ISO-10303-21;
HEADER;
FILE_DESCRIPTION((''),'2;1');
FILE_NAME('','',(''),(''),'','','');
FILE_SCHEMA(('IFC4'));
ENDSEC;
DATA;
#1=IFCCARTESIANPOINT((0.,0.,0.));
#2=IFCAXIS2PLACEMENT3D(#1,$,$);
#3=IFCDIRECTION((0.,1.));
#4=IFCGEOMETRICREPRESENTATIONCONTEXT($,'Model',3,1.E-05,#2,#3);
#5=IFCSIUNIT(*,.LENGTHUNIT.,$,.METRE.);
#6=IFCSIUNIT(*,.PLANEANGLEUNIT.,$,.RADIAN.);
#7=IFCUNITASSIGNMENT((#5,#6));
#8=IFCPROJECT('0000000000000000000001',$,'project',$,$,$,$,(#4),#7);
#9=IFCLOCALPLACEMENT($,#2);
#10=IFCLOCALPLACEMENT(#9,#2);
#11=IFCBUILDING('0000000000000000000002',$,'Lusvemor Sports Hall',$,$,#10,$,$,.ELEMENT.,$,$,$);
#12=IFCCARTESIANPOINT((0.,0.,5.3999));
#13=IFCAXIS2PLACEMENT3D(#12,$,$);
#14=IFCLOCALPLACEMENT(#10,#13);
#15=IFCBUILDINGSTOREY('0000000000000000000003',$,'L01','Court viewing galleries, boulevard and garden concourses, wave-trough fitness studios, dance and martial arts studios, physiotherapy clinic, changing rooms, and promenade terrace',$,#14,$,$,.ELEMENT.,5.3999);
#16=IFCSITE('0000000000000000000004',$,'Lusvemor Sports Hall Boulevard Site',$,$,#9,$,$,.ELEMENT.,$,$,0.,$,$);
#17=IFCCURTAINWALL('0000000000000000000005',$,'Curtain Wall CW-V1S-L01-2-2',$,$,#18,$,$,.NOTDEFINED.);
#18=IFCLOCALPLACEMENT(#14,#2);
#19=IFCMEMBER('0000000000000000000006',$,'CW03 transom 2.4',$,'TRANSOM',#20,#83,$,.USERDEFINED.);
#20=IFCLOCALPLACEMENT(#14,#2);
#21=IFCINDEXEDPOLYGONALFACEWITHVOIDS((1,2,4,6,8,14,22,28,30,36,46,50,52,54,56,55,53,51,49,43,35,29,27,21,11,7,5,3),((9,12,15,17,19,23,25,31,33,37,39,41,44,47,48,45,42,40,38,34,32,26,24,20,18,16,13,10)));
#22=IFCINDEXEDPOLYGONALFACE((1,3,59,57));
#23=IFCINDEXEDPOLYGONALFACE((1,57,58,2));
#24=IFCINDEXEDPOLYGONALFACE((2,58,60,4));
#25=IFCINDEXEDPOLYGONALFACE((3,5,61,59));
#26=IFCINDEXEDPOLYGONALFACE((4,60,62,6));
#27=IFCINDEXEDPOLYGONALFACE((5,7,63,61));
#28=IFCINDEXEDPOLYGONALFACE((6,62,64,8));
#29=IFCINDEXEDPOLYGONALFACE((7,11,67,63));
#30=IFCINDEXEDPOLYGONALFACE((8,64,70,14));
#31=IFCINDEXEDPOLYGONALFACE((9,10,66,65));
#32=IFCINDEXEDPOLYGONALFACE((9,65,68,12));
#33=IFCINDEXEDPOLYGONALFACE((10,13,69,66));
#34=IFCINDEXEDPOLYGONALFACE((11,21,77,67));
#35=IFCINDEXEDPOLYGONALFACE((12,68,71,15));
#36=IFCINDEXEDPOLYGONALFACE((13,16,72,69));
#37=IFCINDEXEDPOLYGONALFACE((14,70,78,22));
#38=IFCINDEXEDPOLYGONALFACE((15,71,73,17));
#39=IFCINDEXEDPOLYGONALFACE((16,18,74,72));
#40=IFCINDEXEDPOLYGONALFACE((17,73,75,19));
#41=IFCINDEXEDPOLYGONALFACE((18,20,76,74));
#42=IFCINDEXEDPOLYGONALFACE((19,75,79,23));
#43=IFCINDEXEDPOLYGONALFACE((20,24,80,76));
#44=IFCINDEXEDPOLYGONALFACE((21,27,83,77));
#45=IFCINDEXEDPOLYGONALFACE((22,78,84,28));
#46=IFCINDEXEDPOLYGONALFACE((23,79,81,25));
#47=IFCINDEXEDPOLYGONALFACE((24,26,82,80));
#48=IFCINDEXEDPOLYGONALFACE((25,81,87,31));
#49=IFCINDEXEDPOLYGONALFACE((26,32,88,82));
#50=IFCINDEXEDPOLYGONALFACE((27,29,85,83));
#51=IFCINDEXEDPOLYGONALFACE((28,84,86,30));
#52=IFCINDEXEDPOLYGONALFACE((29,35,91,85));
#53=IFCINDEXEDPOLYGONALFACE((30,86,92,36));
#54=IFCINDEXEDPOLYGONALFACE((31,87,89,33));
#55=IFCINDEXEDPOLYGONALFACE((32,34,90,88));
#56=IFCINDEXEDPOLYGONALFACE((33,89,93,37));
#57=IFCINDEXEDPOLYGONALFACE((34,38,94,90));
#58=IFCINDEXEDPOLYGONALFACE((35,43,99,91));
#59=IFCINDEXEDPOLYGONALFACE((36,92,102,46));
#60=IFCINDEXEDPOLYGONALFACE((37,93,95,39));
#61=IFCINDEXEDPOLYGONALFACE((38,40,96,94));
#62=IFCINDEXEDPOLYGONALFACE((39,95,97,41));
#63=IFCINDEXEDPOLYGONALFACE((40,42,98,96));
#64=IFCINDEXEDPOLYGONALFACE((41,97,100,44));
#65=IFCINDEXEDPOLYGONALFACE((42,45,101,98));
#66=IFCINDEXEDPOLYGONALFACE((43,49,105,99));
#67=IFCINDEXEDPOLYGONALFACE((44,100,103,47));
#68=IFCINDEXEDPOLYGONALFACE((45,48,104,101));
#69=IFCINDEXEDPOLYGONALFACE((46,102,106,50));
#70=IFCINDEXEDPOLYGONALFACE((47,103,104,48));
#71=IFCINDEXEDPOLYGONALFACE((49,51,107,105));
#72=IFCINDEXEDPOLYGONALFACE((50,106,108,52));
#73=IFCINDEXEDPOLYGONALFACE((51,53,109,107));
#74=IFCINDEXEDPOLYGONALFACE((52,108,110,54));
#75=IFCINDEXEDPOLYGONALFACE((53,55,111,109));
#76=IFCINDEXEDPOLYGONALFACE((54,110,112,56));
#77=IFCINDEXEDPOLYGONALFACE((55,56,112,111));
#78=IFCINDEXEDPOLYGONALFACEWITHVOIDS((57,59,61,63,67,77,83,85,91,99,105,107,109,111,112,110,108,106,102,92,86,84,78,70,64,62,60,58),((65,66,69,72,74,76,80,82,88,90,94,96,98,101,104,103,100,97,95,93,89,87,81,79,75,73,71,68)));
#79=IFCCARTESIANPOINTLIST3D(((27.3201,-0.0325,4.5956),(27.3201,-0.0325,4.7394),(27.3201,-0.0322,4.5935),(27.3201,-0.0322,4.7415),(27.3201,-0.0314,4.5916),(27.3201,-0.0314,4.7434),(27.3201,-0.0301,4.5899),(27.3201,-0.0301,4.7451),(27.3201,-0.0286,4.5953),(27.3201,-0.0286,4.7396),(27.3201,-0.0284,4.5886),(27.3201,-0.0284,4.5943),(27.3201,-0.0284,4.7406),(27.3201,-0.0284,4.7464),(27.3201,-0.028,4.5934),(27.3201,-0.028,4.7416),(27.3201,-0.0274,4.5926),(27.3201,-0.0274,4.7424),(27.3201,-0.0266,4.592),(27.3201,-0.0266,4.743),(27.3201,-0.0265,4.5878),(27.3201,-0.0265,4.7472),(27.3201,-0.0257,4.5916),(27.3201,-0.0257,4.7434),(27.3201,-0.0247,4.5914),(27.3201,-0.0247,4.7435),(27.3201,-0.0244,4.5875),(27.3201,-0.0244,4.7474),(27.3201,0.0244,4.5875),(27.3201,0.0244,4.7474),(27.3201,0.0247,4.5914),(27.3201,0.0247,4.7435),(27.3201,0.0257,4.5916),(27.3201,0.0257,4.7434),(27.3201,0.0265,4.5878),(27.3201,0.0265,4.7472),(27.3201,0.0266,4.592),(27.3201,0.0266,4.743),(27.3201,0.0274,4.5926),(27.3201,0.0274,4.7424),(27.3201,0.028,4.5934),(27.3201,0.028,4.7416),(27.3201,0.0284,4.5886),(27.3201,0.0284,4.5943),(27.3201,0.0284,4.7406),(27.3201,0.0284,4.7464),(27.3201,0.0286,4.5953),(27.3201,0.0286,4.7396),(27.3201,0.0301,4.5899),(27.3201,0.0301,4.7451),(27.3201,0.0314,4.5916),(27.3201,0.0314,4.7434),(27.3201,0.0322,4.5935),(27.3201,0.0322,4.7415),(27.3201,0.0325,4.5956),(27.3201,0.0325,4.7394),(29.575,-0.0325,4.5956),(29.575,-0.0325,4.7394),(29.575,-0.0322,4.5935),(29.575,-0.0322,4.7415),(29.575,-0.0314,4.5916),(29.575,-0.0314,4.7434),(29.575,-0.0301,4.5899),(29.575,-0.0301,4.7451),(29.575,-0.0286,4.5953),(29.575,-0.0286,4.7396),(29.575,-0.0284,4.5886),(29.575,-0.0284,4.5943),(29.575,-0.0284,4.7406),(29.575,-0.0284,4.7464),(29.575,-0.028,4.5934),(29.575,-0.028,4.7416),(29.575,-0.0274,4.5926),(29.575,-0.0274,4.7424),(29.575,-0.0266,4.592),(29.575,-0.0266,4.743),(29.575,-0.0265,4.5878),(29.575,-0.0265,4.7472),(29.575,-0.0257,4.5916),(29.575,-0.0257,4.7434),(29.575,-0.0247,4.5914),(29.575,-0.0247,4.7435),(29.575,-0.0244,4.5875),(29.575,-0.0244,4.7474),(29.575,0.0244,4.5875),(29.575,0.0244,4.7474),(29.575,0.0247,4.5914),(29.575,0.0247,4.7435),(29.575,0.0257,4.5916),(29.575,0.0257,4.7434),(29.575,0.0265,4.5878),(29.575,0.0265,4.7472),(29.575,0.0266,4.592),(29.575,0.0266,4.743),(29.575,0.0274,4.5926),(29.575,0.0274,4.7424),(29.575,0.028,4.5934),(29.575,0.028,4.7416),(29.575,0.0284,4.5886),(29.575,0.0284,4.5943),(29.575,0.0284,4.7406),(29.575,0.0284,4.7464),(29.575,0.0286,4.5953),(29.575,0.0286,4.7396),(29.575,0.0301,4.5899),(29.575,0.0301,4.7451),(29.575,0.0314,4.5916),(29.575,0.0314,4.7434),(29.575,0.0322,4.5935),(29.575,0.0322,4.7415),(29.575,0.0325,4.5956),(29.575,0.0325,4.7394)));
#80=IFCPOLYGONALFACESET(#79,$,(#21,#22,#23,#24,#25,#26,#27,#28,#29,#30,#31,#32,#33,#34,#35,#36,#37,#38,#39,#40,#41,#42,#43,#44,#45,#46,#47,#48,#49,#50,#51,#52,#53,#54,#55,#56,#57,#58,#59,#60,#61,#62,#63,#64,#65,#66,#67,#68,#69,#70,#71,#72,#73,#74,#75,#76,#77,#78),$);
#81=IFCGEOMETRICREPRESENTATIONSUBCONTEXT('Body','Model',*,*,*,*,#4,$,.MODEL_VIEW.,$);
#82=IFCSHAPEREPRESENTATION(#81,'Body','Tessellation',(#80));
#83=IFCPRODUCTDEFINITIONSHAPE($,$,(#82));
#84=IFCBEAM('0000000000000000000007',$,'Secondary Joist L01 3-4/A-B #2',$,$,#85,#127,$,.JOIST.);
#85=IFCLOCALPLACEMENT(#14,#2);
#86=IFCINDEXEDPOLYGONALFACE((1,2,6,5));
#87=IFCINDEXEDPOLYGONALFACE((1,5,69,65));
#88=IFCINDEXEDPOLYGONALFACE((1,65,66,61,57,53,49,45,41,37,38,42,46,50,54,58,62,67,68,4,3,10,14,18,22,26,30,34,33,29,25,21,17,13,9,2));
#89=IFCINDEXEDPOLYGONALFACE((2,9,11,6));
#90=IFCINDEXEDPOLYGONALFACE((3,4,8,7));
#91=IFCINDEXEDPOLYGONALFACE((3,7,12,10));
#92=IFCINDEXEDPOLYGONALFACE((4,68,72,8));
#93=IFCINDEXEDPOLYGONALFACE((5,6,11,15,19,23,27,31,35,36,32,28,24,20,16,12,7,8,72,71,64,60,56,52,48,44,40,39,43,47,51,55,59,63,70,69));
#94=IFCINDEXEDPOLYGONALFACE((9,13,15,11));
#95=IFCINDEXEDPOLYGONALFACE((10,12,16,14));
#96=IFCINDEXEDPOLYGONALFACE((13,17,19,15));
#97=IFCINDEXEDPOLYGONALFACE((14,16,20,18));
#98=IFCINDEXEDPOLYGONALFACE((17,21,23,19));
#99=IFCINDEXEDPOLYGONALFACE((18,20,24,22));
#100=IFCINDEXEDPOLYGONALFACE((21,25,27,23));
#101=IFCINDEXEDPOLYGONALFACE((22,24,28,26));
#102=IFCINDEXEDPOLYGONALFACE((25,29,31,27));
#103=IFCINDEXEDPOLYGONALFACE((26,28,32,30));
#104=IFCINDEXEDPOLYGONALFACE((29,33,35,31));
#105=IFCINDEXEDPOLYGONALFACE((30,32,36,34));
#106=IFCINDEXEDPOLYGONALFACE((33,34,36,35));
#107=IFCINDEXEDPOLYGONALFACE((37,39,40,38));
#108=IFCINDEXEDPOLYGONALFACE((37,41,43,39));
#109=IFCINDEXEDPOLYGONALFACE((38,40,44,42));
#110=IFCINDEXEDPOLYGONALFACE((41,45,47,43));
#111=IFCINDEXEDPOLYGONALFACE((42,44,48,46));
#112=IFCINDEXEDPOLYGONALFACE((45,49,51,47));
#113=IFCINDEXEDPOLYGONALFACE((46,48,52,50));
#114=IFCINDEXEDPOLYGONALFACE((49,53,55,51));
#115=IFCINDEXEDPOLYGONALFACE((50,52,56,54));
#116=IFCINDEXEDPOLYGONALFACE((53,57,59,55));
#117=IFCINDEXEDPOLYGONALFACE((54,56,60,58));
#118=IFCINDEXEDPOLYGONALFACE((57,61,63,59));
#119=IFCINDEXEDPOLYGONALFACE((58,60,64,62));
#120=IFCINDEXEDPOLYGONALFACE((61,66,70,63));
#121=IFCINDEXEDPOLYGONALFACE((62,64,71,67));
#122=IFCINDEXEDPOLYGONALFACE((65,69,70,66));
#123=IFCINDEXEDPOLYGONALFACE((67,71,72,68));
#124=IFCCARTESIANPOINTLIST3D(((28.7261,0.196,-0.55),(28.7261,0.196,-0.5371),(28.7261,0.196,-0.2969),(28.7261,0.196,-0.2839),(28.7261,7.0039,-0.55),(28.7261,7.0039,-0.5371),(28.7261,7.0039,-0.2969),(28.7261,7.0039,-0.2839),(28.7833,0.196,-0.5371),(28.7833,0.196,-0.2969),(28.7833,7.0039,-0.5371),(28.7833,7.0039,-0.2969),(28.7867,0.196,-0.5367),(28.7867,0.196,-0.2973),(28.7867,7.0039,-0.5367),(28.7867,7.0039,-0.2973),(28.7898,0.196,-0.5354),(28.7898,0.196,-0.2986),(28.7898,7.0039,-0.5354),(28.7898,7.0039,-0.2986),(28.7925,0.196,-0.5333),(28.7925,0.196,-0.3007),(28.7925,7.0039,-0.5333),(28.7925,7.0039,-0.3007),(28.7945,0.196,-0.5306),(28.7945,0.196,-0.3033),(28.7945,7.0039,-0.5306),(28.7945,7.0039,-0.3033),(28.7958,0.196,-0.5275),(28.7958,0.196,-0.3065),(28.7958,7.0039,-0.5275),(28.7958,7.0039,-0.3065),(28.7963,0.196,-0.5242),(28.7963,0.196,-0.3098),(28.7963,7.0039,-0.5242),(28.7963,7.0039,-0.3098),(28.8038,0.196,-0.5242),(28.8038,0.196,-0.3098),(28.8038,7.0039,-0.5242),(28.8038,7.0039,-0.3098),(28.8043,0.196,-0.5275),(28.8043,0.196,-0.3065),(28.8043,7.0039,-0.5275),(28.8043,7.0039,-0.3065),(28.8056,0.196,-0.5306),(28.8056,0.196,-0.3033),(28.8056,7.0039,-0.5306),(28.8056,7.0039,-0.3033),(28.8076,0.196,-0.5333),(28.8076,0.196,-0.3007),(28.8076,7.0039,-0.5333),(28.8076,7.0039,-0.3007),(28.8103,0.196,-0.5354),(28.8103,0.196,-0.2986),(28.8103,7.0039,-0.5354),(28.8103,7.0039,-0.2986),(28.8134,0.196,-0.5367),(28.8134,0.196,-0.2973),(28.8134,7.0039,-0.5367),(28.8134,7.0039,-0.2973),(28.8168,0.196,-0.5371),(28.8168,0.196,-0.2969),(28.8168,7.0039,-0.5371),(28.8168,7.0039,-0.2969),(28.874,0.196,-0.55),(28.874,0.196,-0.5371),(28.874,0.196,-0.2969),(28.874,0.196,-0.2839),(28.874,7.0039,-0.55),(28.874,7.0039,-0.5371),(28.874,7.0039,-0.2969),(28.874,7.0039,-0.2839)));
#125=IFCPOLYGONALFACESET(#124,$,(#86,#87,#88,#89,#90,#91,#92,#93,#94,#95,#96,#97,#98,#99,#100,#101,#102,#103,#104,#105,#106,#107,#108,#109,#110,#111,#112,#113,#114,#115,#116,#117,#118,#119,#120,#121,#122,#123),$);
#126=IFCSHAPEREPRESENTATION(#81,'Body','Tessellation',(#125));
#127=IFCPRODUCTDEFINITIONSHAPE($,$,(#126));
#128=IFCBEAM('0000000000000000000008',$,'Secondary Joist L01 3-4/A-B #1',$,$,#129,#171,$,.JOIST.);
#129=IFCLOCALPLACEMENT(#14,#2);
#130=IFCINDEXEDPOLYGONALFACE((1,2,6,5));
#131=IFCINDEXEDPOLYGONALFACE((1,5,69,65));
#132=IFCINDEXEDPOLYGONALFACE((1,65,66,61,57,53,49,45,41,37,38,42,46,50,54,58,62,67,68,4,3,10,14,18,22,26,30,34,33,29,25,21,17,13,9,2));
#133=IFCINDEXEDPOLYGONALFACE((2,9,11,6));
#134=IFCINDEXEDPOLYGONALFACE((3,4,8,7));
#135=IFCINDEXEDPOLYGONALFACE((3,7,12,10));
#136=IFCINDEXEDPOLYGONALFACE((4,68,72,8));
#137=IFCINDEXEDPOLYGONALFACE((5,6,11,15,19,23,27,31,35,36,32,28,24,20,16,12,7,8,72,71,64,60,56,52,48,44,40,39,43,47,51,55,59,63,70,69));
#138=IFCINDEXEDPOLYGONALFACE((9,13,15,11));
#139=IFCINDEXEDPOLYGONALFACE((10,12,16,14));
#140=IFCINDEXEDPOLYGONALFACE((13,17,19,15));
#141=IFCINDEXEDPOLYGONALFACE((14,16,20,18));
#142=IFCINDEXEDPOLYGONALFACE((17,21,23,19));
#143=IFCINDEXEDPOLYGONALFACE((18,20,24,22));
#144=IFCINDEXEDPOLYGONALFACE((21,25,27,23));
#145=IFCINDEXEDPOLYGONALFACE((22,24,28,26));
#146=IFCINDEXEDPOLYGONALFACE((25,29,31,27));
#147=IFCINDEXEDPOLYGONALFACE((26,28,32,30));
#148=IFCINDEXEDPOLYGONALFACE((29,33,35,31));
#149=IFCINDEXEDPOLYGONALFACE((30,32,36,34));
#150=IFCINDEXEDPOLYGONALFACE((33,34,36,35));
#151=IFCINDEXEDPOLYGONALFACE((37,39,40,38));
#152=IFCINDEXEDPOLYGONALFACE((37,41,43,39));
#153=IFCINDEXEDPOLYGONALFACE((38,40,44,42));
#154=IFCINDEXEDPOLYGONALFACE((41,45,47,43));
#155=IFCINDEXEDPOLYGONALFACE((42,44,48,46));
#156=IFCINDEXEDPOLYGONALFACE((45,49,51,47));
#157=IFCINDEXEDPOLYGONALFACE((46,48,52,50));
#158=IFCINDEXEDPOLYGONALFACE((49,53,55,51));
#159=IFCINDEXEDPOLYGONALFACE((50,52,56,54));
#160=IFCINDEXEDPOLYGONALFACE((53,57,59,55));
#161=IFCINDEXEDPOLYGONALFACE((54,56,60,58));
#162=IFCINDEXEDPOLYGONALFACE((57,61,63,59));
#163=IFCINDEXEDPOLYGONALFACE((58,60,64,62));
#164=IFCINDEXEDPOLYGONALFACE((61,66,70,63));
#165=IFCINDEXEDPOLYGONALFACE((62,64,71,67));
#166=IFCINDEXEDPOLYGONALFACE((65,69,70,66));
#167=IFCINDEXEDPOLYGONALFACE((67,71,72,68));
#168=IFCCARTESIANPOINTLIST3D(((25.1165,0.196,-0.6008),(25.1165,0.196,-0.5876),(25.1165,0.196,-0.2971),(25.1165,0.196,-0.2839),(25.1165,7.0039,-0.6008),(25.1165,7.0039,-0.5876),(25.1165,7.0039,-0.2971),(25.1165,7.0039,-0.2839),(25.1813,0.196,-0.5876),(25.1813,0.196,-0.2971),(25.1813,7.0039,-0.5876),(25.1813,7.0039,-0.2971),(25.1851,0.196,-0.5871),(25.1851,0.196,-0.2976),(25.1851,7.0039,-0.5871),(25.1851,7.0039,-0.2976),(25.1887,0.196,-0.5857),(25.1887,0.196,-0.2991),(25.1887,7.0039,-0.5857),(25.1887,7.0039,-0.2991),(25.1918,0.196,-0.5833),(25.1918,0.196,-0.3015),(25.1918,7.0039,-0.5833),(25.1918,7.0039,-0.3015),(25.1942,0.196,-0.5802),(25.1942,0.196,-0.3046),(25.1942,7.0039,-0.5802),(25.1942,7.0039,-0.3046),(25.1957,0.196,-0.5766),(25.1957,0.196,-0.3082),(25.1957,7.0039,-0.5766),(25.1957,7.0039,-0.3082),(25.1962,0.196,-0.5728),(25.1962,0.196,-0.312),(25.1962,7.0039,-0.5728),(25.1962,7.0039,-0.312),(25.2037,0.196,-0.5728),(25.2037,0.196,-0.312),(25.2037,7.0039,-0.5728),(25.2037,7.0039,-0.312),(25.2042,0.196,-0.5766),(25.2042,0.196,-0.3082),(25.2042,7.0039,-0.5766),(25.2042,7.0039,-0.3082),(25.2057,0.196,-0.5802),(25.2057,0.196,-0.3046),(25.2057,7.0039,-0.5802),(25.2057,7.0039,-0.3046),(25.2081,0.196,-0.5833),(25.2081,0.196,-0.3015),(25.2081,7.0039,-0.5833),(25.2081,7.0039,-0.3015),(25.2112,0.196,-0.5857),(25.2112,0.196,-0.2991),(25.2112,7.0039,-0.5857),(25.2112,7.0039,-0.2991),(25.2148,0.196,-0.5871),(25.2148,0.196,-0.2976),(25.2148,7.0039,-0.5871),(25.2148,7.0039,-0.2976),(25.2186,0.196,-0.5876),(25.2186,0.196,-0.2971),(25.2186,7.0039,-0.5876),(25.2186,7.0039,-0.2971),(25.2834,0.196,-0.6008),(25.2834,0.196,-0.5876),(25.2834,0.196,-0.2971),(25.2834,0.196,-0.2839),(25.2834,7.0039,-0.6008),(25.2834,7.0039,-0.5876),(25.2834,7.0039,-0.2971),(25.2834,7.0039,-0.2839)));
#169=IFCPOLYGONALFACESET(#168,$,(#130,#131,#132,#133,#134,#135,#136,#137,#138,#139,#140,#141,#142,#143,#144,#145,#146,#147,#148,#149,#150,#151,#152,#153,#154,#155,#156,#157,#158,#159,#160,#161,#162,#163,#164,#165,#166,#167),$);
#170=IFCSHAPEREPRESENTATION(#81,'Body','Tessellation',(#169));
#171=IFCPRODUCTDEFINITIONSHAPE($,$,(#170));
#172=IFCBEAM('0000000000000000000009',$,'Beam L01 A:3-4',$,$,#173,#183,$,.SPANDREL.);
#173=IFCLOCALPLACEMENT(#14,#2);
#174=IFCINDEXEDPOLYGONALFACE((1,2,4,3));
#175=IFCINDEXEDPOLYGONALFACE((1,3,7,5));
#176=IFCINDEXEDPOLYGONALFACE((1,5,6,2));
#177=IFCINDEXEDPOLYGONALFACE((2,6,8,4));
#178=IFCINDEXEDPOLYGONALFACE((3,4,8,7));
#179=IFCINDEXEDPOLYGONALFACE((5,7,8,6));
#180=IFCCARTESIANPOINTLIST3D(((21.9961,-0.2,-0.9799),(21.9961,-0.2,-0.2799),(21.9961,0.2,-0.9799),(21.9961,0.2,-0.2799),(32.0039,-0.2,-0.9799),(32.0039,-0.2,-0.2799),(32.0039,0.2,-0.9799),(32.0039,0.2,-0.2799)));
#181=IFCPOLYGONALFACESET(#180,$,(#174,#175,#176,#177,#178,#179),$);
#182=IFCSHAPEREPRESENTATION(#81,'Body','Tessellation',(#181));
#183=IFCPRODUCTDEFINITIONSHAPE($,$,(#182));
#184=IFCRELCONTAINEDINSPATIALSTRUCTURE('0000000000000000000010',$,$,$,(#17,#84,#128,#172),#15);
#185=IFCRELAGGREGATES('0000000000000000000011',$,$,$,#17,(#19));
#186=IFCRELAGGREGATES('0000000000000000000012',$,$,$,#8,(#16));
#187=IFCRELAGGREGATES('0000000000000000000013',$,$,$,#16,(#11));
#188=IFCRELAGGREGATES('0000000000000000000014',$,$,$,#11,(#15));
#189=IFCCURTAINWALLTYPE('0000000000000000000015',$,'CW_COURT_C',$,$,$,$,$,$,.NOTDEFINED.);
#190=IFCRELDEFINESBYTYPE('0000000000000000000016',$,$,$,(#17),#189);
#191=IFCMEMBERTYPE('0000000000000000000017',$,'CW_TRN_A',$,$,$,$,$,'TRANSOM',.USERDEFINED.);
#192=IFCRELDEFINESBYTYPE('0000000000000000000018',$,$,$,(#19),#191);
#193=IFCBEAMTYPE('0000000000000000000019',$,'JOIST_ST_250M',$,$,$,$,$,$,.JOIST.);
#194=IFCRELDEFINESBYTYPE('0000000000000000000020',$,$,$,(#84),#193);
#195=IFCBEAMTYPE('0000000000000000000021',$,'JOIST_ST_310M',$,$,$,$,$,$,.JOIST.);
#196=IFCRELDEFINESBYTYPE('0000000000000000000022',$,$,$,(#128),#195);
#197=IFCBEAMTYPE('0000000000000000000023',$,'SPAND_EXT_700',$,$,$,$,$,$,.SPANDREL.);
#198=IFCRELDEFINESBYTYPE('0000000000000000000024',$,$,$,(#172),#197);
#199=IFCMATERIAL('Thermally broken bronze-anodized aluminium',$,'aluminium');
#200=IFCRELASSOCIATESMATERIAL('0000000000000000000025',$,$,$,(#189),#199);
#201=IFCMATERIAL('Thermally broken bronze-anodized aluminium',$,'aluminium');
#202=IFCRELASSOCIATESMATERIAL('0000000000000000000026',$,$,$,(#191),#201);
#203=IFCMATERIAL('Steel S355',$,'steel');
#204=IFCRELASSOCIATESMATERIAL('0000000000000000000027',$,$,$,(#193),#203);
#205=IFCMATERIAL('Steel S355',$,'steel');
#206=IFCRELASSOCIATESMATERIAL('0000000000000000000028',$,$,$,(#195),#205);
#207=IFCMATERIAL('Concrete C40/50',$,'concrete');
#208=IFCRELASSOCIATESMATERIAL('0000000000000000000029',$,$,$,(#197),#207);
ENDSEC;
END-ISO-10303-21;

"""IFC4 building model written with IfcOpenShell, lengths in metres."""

from ifc_helpers import new_model, si_unit, direction, frame, origin, origin_2d, place, context, subcontext, project, spatial, rectangle, hollow_rectangle, i_section, extrude, material, material_profile, profile_set, type_object, element, aggregate, save


model = new_model("IFC4")

# Units and contexts
model_context = context("Model", 3, precision=1e-05, world=origin(), true_north=direction((0.0, 1.0)))
body_context = subcontext(model_context, "Body", "Model", "MODEL_VIEW")
ifc_project = project(units=[si_unit("LENGTHUNIT", "METRE"), si_unit("PLANEANGLEUNIT", "RADIAN")], contexts=[model_context])

# Site, building, storey
site_placement = place(None, origin())
site = spatial("IfcSite", under=ifc_project, at=site_placement, Name="Lusvemor Sports Hall Boulevard Site", CompositionType="ELEMENT", RefElevation=0.0)
building_placement = place(site_placement, origin())
building = spatial("IfcBuilding", under=site, at=building_placement, Name="Lusvemor Sports Hall", CompositionType="ELEMENT")
storey_placement = place(building_placement, frame((0.0, 0.0, 5.3999)))
storey = spatial("IfcBuildingStorey", under=building, at=storey_placement, Name="L01", Description="Court viewing galleries, boulevard and garden concourses, wave-trough fitness studios, dance and martial arts studios, physiotherapy clinic, changing rooms, and promenade terrace", CompositionType="ELEMENT", Elevation=5.3999)

# Curtain wall, member
ifc_material_1 = material(Name="Thermally broken bronze-anodized aluminium", Category="aluminium")
curtain_wall_type = type_object("IfcCurtainWallType", Name="CW_COURT_C", PredefinedType="NOTDEFINED", material=ifc_material_1)
curtain_wall_placement = place(storey_placement, origin())
curtain_wall = element("IfcCurtainWall", 1, at=curtain_wall_placement, inside=storey, type_object=curtain_wall_type, Name="Curtain Wall CW-V1S-L01-2-2", PredefinedType="NOTDEFINED")
ifc_material_2 = material(Name="Thermally broken bronze-anodized aluminium", Category="aluminium")
ifc_material_profile_1 = material_profile(ifc_material_2, hollow_rectangle(XDim=0.0649, YDim=0.1599, WallThickness=0.0039, InnerFilletRadius=0.0039, OuterFilletRadius=0.0081, at=origin_2d()), Name="CWTRN160x65x4")
ifc_profile_set_1 = profile_set([ifc_material_profile_1], Name="Thermally broken bronze-anodized aluminium")
member_type_1 = type_object("IfcMemberType", Name="CW_TRN_A", ElementType="TRANSOM", PredefinedType="USERDEFINED", material=ifc_profile_set_1)
member_1_placement = place(storey_placement, frame((29.575, 0.0, 4.6675), z_axis=(-1.0, 0.0, 0.0), x_axis=(0.0, -1.0, 0.0)))
member_1 = element("IfcMember", 2, at=member_1_placement, type_object=member_type_1, Name="CW03 transom 2.4", ObjectType="TRANSOM", PredefinedType="USERDEFINED", context=body_context, shape_type="SweptSolid", body=[
    extrude(hollow_rectangle(XDim=0.0649, YDim=0.1599, WallThickness=0.0039, InnerFilletRadius=0.0039, OuterFilletRadius=0.0081, at=origin_2d()), origin(), (0.0, 0.0, 1.0), 2.2549),
])

# Beams
ifc_material_3 = material(Name="Steel S355", Category="steel")
ifc_material_profile_2 = material_profile(ifc_material_3, i_section(OverallWidth=0.1479, OverallDepth=0.2661, WebThickness=0.0076, FlangeThickness=0.0129, FilletRadius=0.0129, at=origin_2d()), Name="W250x44.8")
ifc_profile_set_2 = profile_set([ifc_material_profile_2], Name="Steel S355")
beam_type_1 = type_object("IfcBeamType", Name="JOIST_ST_250M", PredefinedType="JOIST", material=ifc_profile_set_2)
beam_1_placement = place(storey_placement, frame((28.8, 0.196, -0.417), z_axis=(0.0, 1.0, 0.0), x_axis=(-1.0, 0.0, 0.0)))
element("IfcBeam", 3, at=beam_1_placement, inside=storey, type_object=beam_type_1, Name="Secondary Joist L01 3-4/A-B #2", PredefinedType="JOIST", context=body_context, shape_type="SweptSolid", body=[
    extrude(i_section(OverallWidth=0.1479, OverallDepth=0.2661, WebThickness=0.0076, FlangeThickness=0.0129, FilletRadius=0.0129, at=origin_2d()), origin(), (0.0, 0.0, 1.0), 6.8079),
])
ifc_material_4 = material(Name="Steel S355", Category="steel")
ifc_material_profile_3 = material_profile(ifc_material_4, i_section(OverallWidth=0.167, OverallDepth=0.3169, WebThickness=0.0076, FlangeThickness=0.0132, FilletRadius=0.0149, at=origin_2d()), Name="W310x52.0")
ifc_profile_set_3 = profile_set([ifc_material_profile_3], Name="Steel S355")
beam_type_2 = type_object("IfcBeamType", Name="JOIST_ST_310M", PredefinedType="JOIST", material=ifc_profile_set_3)
beam_2_placement = place(storey_placement, frame((25.2, 0.196, -0.4424), z_axis=(0.0, 1.0, 0.0), x_axis=(-1.0, 0.0, 0.0)))
element("IfcBeam", 4, at=beam_2_placement, inside=storey, type_object=beam_type_2, Name="Secondary Joist L01 3-4/A-B #1", PredefinedType="JOIST", context=body_context, shape_type="SweptSolid", body=[
    extrude(i_section(OverallWidth=0.167, OverallDepth=0.3169, WebThickness=0.0076, FlangeThickness=0.0132, FilletRadius=0.0149, at=origin_2d()), origin(), (0.0, 0.0, 1.0), 6.8079),
])
ifc_material_5 = material(Name="Concrete C40/50", Category="concrete")
ifc_material_profile_4 = material_profile(ifc_material_5, rectangle(XDim=0.3999, YDim=0.7, at=origin_2d()), Name="RC400x700")
ifc_profile_set_4 = profile_set([ifc_material_profile_4], Name="Concrete C40/50")
beam_type_3 = type_object("IfcBeamType", Name="SPAND_EXT_700", PredefinedType="SPANDREL", material=ifc_profile_set_4)
beam_3_placement = place(storey_placement, frame((21.9961, 0.0, -0.6299), z_axis=(1.0, 0.0, 0.0), x_axis=(0.0, 1.0, 0.0)))
element("IfcBeam", 5, at=beam_3_placement, inside=storey, type_object=beam_type_3, Name="Beam L01 A:3-4", PredefinedType="SPANDREL", context=body_context, shape_type="SweptSolid", body=[
    extrude(rectangle(XDim=0.3999, YDim=0.7, at=origin_2d()), origin(), (0.0, 0.0, 1.0), 10.0078),
])

aggregate(curtain_wall, [member_1])

save(model, "model.ifc")
